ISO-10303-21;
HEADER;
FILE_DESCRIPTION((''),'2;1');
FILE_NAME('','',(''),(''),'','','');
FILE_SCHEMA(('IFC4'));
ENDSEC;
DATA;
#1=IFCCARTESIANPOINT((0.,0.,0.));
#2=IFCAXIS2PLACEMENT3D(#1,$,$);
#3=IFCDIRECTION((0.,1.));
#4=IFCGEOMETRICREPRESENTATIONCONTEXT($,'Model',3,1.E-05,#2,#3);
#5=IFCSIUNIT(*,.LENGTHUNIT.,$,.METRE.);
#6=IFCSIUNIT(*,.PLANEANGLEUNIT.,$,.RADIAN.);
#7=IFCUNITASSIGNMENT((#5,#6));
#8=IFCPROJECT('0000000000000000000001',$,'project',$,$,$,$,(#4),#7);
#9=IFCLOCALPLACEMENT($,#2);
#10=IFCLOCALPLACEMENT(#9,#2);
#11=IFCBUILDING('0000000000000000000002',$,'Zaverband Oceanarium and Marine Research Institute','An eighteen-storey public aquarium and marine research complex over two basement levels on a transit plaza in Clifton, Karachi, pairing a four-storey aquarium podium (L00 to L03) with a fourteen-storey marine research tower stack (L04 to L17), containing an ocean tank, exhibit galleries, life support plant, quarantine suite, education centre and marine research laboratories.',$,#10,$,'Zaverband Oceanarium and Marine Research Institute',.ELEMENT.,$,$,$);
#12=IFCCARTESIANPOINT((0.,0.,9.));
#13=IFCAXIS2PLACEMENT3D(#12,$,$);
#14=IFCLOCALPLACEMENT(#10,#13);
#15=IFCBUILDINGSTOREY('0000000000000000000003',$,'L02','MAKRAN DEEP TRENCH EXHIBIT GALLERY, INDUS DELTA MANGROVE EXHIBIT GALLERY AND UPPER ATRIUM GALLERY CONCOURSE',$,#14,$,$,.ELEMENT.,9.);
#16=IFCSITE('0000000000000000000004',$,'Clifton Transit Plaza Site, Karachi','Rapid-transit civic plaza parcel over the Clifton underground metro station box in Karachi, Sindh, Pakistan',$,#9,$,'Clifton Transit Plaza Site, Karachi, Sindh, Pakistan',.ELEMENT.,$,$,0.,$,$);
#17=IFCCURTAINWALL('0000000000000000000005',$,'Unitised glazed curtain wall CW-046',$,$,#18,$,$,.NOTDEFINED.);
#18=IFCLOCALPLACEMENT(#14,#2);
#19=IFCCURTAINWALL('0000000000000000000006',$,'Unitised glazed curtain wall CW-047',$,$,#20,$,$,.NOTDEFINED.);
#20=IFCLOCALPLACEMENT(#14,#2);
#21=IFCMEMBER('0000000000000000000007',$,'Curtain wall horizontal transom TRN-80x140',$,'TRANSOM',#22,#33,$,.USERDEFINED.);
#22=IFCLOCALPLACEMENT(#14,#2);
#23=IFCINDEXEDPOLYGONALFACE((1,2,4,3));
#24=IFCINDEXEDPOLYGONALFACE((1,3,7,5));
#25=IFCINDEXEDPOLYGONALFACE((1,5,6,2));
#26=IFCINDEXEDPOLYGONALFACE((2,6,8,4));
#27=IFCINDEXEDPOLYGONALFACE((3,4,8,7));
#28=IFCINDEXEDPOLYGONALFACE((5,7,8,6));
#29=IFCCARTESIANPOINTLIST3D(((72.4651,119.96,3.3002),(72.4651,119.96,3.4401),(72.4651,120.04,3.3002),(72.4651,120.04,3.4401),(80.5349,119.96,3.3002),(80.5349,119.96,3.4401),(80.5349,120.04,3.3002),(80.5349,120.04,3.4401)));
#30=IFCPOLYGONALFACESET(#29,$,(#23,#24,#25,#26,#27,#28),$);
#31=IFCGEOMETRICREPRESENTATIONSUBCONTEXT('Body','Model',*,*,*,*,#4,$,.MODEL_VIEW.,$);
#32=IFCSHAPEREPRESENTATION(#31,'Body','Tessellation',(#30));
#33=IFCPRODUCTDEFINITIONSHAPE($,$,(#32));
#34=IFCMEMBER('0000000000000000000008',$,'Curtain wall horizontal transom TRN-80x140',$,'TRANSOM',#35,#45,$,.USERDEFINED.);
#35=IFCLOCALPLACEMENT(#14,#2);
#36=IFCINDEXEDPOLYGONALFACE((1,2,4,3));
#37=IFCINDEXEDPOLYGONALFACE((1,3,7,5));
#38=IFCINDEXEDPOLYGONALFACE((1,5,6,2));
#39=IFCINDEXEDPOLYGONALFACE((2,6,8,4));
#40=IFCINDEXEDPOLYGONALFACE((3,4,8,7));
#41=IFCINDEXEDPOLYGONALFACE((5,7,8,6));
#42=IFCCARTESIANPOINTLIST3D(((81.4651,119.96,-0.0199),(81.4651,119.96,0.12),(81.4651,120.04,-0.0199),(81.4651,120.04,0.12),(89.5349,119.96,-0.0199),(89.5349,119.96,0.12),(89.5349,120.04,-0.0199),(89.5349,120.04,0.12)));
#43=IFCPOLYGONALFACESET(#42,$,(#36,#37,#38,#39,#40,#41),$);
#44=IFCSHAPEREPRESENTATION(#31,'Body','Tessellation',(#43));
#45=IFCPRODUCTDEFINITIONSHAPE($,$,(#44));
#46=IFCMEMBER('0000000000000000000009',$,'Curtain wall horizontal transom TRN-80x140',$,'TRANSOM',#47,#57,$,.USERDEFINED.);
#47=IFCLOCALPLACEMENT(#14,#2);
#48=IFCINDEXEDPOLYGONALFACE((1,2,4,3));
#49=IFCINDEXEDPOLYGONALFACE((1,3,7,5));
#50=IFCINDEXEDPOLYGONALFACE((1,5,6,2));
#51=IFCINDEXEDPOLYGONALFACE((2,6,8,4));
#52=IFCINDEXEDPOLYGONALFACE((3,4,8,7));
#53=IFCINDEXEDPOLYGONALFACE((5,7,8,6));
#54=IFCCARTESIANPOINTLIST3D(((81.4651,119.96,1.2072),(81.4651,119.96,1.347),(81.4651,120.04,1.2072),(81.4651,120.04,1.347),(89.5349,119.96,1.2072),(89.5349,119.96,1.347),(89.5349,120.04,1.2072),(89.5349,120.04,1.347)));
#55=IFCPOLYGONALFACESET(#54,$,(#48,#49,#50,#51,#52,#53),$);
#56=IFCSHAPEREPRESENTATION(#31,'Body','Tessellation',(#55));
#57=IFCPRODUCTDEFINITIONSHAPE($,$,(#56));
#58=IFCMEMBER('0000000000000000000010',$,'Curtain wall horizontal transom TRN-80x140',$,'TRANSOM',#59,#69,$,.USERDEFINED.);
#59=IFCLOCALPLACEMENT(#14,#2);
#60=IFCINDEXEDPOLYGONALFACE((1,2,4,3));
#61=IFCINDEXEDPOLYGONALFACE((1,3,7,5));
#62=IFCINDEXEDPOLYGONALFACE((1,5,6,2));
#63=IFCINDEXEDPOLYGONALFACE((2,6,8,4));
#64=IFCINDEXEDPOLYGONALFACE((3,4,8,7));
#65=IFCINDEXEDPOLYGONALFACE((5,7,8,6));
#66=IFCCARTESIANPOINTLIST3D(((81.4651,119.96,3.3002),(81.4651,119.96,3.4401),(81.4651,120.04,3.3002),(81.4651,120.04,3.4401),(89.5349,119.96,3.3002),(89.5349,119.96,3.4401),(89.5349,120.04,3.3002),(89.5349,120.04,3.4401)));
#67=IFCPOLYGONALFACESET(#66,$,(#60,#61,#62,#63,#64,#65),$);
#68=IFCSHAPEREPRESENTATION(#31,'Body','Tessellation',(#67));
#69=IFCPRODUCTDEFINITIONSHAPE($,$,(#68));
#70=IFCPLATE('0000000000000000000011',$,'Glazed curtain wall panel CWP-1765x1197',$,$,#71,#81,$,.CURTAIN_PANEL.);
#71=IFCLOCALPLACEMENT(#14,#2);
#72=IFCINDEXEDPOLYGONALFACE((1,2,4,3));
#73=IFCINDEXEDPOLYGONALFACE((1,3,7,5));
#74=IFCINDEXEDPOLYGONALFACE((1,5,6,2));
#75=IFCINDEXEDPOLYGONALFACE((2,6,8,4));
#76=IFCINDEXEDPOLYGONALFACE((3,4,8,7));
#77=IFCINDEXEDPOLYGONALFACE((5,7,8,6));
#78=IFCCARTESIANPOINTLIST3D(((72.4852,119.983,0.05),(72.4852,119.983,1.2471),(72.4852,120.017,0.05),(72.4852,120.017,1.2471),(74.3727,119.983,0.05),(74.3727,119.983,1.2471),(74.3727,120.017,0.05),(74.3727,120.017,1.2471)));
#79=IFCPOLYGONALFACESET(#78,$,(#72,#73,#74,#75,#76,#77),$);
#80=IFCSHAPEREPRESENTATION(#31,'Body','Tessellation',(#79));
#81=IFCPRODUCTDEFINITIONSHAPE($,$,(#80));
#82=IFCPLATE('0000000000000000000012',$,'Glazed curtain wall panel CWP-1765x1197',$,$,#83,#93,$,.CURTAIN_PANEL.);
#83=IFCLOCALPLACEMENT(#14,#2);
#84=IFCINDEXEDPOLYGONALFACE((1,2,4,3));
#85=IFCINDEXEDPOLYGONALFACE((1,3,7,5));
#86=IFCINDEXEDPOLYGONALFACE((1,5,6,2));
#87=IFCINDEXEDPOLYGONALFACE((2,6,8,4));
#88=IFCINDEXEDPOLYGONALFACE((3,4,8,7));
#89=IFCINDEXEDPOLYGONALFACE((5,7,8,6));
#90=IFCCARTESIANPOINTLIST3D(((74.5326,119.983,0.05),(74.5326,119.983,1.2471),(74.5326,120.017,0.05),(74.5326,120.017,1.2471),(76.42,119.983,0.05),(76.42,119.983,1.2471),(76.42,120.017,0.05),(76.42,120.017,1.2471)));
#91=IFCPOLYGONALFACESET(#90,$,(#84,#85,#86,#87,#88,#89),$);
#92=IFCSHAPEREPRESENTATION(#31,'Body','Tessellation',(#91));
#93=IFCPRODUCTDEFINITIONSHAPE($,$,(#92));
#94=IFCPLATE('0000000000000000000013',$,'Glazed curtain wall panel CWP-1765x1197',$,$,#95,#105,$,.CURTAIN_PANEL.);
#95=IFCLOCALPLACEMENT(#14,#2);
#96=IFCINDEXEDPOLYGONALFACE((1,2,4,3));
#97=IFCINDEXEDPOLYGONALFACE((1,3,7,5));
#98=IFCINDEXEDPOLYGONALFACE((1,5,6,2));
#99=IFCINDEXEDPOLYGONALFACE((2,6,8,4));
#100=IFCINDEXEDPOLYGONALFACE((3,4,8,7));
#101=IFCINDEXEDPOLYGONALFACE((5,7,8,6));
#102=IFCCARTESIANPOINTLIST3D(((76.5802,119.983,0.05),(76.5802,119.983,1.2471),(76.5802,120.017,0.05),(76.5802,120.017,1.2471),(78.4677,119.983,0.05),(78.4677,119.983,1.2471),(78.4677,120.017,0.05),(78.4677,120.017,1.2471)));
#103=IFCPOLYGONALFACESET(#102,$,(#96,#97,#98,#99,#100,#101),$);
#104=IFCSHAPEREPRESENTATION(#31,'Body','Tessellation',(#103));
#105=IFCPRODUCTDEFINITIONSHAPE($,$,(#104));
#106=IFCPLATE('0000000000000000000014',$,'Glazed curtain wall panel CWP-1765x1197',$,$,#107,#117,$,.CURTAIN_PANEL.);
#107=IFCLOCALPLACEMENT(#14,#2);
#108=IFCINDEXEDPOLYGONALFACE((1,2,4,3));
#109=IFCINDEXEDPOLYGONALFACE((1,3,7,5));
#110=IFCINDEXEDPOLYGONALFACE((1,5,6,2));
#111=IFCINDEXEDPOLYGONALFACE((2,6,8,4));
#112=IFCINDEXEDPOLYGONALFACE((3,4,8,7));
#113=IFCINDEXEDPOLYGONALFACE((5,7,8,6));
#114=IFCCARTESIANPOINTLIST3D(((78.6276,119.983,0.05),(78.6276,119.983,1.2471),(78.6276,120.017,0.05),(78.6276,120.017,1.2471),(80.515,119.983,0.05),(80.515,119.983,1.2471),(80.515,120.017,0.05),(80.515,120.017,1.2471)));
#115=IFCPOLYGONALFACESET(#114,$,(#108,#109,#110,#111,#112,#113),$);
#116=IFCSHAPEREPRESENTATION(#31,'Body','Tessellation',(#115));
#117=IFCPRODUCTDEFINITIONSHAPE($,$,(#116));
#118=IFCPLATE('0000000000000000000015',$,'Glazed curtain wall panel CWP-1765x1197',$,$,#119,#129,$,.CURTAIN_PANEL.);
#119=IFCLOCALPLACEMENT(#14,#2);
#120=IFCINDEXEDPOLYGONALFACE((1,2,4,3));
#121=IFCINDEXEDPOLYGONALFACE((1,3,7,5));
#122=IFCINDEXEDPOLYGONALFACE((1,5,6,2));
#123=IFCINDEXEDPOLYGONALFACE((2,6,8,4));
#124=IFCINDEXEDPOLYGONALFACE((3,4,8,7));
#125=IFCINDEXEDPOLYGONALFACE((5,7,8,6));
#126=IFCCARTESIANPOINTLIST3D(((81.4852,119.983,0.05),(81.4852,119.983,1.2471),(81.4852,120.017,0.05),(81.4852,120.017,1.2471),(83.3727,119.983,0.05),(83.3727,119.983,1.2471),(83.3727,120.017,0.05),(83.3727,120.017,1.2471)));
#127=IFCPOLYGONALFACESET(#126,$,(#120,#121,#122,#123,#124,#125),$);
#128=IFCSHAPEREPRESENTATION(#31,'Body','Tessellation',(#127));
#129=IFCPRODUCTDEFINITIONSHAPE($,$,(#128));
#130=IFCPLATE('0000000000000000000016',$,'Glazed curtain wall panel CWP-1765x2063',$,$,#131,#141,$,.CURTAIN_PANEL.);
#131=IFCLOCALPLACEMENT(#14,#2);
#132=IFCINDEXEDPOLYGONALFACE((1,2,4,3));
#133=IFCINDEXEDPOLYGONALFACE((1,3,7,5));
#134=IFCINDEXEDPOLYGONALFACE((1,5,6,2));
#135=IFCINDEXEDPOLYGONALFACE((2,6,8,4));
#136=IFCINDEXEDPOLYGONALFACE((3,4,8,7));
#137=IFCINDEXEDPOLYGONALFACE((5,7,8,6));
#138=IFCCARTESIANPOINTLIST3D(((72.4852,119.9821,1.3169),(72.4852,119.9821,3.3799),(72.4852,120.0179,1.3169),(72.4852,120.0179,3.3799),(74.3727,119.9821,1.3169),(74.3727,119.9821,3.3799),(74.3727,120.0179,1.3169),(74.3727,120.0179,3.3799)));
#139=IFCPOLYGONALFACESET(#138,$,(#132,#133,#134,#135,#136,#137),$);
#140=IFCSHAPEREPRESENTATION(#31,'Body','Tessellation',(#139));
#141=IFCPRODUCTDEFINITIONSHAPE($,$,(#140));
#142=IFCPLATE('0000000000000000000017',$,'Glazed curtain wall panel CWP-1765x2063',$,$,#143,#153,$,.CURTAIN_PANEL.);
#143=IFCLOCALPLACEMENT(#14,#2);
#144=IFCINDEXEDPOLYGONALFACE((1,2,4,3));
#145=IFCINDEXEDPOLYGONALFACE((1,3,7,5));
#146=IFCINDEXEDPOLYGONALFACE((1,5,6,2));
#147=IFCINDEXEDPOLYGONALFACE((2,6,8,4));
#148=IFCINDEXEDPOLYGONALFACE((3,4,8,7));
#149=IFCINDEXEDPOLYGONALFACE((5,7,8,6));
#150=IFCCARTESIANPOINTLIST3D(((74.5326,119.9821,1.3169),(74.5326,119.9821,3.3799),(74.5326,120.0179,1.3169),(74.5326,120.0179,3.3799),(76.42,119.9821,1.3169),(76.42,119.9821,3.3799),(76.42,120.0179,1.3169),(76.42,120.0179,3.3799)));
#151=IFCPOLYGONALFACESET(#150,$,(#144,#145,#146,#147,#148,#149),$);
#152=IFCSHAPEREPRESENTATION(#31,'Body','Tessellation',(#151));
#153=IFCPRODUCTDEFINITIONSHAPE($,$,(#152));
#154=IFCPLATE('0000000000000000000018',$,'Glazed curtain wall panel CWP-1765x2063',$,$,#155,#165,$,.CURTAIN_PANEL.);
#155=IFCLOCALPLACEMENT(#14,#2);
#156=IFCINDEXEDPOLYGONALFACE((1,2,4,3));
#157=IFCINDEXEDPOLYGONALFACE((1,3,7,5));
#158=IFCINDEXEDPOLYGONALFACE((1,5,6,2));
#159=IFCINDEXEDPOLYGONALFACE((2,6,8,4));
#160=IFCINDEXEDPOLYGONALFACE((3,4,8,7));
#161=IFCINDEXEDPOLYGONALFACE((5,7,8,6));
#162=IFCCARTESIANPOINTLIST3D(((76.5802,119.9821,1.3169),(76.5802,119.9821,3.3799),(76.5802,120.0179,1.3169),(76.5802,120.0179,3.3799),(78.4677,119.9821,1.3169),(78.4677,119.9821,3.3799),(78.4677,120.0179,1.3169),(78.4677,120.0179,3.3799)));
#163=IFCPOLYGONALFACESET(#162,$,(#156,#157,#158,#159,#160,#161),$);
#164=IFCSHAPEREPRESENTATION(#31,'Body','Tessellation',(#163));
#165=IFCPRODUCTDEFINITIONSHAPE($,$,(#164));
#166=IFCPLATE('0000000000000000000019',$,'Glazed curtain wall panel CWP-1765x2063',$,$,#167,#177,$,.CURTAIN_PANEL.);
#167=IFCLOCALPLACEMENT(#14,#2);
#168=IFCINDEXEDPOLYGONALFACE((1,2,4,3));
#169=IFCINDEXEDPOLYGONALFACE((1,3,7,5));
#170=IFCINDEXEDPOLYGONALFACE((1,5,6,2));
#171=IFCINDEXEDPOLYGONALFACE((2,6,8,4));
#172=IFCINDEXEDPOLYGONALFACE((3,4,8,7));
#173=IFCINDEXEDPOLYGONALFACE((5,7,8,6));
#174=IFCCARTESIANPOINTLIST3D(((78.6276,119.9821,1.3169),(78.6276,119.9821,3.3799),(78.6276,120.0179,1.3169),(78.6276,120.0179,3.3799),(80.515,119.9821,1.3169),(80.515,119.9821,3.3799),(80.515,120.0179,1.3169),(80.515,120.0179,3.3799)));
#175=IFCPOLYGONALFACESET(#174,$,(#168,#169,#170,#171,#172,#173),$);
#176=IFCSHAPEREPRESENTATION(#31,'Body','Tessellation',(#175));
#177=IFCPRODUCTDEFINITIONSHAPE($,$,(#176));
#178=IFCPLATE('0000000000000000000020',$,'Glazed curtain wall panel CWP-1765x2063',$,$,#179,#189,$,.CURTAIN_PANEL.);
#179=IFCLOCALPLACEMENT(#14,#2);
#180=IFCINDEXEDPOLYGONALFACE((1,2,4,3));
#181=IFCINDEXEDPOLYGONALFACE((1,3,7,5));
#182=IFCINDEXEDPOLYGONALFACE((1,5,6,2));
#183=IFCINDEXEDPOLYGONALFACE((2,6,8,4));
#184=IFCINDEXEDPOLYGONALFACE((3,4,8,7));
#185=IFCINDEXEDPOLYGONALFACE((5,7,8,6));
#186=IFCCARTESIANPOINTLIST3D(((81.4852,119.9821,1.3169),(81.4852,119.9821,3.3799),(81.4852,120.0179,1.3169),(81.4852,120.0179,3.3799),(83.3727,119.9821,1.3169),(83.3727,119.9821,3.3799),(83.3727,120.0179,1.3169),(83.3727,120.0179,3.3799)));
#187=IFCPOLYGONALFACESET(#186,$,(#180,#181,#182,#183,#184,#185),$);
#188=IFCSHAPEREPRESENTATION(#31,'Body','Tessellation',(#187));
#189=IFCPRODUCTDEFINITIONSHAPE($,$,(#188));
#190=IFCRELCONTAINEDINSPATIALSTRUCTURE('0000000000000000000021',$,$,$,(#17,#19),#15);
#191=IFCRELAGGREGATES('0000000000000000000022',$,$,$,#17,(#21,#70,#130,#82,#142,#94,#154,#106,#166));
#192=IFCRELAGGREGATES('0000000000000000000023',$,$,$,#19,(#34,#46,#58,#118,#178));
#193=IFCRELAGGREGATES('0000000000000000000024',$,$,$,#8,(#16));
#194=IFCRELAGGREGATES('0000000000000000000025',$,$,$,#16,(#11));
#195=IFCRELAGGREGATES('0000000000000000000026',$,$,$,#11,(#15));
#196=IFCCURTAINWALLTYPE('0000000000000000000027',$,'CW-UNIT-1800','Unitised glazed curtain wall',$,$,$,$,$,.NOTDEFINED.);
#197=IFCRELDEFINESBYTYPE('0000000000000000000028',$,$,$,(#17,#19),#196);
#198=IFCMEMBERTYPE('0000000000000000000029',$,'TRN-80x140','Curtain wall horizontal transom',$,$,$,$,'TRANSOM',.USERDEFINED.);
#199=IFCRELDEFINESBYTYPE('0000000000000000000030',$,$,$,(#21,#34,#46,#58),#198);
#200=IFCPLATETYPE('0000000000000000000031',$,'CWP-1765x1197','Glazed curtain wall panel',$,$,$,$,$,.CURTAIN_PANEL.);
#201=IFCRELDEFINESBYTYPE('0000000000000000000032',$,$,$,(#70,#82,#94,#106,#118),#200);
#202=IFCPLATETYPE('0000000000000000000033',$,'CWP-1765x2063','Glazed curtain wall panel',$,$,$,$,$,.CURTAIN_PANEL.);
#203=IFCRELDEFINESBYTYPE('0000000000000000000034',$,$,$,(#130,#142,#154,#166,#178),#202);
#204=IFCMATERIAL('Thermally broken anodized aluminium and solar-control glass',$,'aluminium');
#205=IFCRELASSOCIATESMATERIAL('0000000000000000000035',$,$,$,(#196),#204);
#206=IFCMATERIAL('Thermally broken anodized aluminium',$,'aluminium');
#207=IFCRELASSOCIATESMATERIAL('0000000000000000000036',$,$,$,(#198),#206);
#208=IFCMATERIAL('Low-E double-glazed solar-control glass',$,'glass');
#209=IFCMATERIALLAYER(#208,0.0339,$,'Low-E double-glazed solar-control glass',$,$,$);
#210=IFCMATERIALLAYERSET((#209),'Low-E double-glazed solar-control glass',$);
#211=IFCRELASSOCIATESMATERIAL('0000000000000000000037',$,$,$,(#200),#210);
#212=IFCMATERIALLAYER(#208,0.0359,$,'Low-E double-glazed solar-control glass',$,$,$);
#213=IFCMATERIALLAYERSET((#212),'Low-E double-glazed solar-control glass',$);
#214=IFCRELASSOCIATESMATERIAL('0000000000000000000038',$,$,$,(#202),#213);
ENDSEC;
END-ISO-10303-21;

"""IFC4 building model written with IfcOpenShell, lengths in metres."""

from ifc_helpers import new_model, si_unit, direction, frame, frame_2d, origin, origin_2d, place, context, subcontext, project, spatial, rectangle, extrude, material, layer, layer_set, material_profile, profile_set, type_object, element, aggregate, save


model = new_model("IFC4")

# Units and contexts
model_context = context("Model", 3, precision=1e-05, world=origin(), true_north=direction((0.0, 1.0)))
body_context = subcontext(model_context, "Body", "Model", "MODEL_VIEW")
ifc_project = project(units=[si_unit("LENGTHUNIT", "METRE"), si_unit("PLANEANGLEUNIT", "RADIAN")], contexts=[model_context])

# Site, building, storey
site_placement = place(None, origin())
site = spatial("IfcSite", under=ifc_project, at=site_placement, Name="Clifton Transit Plaza Site, Karachi", Description="Rapid-transit civic plaza parcel over the Clifton underground metro station box in Karachi, Sindh, Pakistan", LongName="Clifton Transit Plaza Site, Karachi, Sindh, Pakistan", CompositionType="ELEMENT", RefElevation=0.0)
building_placement = place(site_placement, origin())
building = spatial("IfcBuilding", under=site, at=building_placement, Name="Zaverband Oceanarium and Marine Research Institute", Description="An eighteen-storey public aquarium and marine research complex over two basement levels on a transit plaza in Clifton, Karachi, pairing a four-storey aquarium podium (L00 to L03) with a fourteen-storey marine research tower stack (L04 to L17), containing an ocean tank, exhibit galleries, life support plant, quarantine suite, education centre and marine research laboratories.", LongName="Zaverband Oceanarium and Marine Research Institute", CompositionType="ELEMENT")
storey_placement = place(building_placement, frame((0.0, 0.0, 9.0)))
storey = spatial("IfcBuildingStorey", under=building, at=storey_placement, Name="L02", Description="MAKRAN DEEP TRENCH EXHIBIT GALLERY, INDUS DELTA MANGROVE EXHIBIT GALLERY AND UPPER ATRIUM GALLERY CONCOURSE", CompositionType="ELEMENT", Elevation=9.0)

# Curtain wall
ifc_material_1 = material(Name="Thermally broken anodized aluminium and solar-control glass", Category="aluminium")
curtain_wall_type = type_object("IfcCurtainWallType", Name="CW-UNIT-1800", Description="Unitised glazed curtain wall", PredefinedType="NOTDEFINED", material=ifc_material_1)
curtain_wall_1_placement = place(storey_placement, origin())
curtain_wall_1 = element("IfcCurtainWall", 1, at=curtain_wall_1_placement, inside=storey, type_object=curtain_wall_type, Name="Unitised glazed curtain wall CW-046", PredefinedType="NOTDEFINED")
ifc_material_2 = material(Name="Thermally broken anodized aluminium", Category="aluminium")

# Curtain wall
curtain_wall_2_placement = place(storey_placement, origin())
curtain_wall_2 = element("IfcCurtainWall", 2, at=curtain_wall_2_placement, inside=storey, type_object=curtain_wall_type, Name="Unitised glazed curtain wall CW-047", PredefinedType="NOTDEFINED")

# Members
ifc_material_profile_1 = material_profile(ifc_material_2, rectangle(XDim=0.0801, YDim=0.1399, at=origin_2d()), Name="AL-TRN-80x140")
ifc_profile_set_1 = profile_set([ifc_material_profile_1], Name="Thermally broken anodized aluminium")
member_type_1 = type_object("IfcMemberType", Name="TRN-80x140", Description="Curtain wall horizontal transom", ElementType="TRANSOM", PredefinedType="USERDEFINED", material=ifc_profile_set_1)
member_1_placement = place(storey_placement, frame((72.4651, 120.0, 3.3701), z_axis=(1.0, 0.0, 0.0), x_axis=(0.0, 1.0, 0.0)))
member_1 = element("IfcMember", 3, at=member_1_placement, type_object=member_type_1, Name="Curtain wall horizontal transom TRN-80x140", ObjectType="TRANSOM", PredefinedType="USERDEFINED", context=body_context, shape_type="SweptSolid", body=[
    extrude(rectangle(XDim=0.0801, YDim=0.1399, at=origin_2d()), origin(), (0.0, 0.0, 1.0), 8.0698),
])
member_2_placement = place(storey_placement, frame((81.4651, 120.0, 0.05), z_axis=(1.0, 0.0, 0.0), x_axis=(0.0, 1.0, 0.0)))
member_2 = element("IfcMember", 4, at=member_2_placement, type_object=member_type_1, Name="Curtain wall horizontal transom TRN-80x140", ObjectType="TRANSOM", PredefinedType="USERDEFINED", context=body_context, shape_type="SweptSolid", body=[
    extrude(rectangle(XDim=0.0801, YDim=0.1399, at=origin_2d()), origin(), (0.0, 0.0, 1.0), 8.0698),
])
member_3_placement = place(storey_placement, frame((81.4651, 120.0, 1.2771), z_axis=(1.0, 0.0, 0.0), x_axis=(0.0, 1.0, 0.0)))
member_3 = element("IfcMember", 5, at=member_3_placement, type_object=member_type_1, Name="Curtain wall horizontal transom TRN-80x140", ObjectType="TRANSOM", PredefinedType="USERDEFINED", context=body_context, shape_type="SweptSolid", body=[
    extrude(rectangle(XDim=0.0801, YDim=0.1399, at=origin_2d()), origin(), (0.0, 0.0, 1.0), 8.0698),
])
member_4_placement = place(storey_placement, frame((81.4651, 120.0, 3.3701), z_axis=(1.0, 0.0, 0.0), x_axis=(0.0, 1.0, 0.0)))
member_4 = element("IfcMember", 6, at=member_4_placement, type_object=member_type_1, Name="Curtain wall horizontal transom TRN-80x140", ObjectType="TRANSOM", PredefinedType="USERDEFINED", context=body_context, shape_type="SweptSolid", body=[
    extrude(rectangle(XDim=0.0801, YDim=0.1399, at=origin_2d()), origin(), (0.0, 0.0, 1.0), 8.0698),
])

# Plates
ifc_material_3 = material(Name="Low-E double-glazed solar-control glass", Category="glass")
ifc_layer_1 = layer(ifc_material_3, 0.0339, Name="Low-E double-glazed solar-control glass")
ifc_layer_set_1 = layer_set([ifc_layer_1], Name="Low-E double-glazed solar-control glass")
plate_type_1 = type_object("IfcPlateType", Name="CWP-1765x1197", Description="Glazed curtain wall panel", PredefinedType="CURTAIN_PANEL", material=ifc_layer_set_1)
plate_1_placement = place(storey_placement, frame((72.4851, 120.0, 0.05), z_axis=(0.0, 0.0, 1.0), x_axis=(1.0, 0.0, 0.0)))
plate_1 = element("IfcPlate", 7, at=plate_1_placement, type_object=plate_type_1, Name="Glazed curtain wall panel CWP-1765x1197", PredefinedType="CURTAIN_PANEL", context=body_context, shape_type="SweptSolid", body=[
    extrude(rectangle(XDim=1.8875, YDim=0.0339, at=frame_2d((0.9438, 0.0))), origin(), (0.0, 0.0, 1.0), 1.197),
])
plate_2_placement = place(storey_placement, frame((74.5325, 120.0, 0.05), z_axis=(0.0, 0.0, 1.0), x_axis=(1.0, 0.0, 0.0)))
plate_2 = element("IfcPlate", 8, at=plate_2_placement, type_object=plate_type_1, Name="Glazed curtain wall panel CWP-1765x1197", PredefinedType="CURTAIN_PANEL", context=body_context, shape_type="SweptSolid", body=[
    extrude(rectangle(XDim=1.8875, YDim=0.0339, at=frame_2d((0.9438, 0.0))), origin(), (0.0, 0.0, 1.0), 1.197),
])
plate_3_placement = place(storey_placement, frame((76.5801, 120.0, 0.05), z_axis=(0.0, 0.0, 1.0), x_axis=(1.0, 0.0, 0.0)))
plate_3 = element("IfcPlate", 9, at=plate_3_placement, type_object=plate_type_1, Name="Glazed curtain wall panel CWP-1765x1197", PredefinedType="CURTAIN_PANEL", context=body_context, shape_type="SweptSolid", body=[
    extrude(rectangle(XDim=1.8875, YDim=0.0339, at=frame_2d((0.9438, 0.0))), origin(), (0.0, 0.0, 1.0), 1.197),
])
plate_4_placement = place(storey_placement, frame((78.6274, 120.0, 0.05), z_axis=(0.0, 0.0, 1.0), x_axis=(1.0, 0.0, 0.0)))
plate_4 = element("IfcPlate", 10, at=plate_4_placement, type_object=plate_type_1, Name="Glazed curtain wall panel CWP-1765x1197", PredefinedType="CURTAIN_PANEL", context=body_context, shape_type="SweptSolid", body=[
    extrude(rectangle(XDim=1.8875, YDim=0.0339, at=frame_2d((0.9438, 0.0))), origin(), (0.0, 0.0, 1.0), 1.197),
])
plate_5_placement = place(storey_placement, frame((81.4851, 120.0, 0.05), z_axis=(0.0, 0.0, 1.0), x_axis=(1.0, 0.0, 0.0)))
plate_5 = element("IfcPlate", 11, at=plate_5_placement, type_object=plate_type_1, Name="Glazed curtain wall panel CWP-1765x1197", PredefinedType="CURTAIN_PANEL", context=body_context, shape_type="SweptSolid", body=[
    extrude(rectangle(XDim=1.8875, YDim=0.0339, at=frame_2d((0.9438, 0.0))), origin(), (0.0, 0.0, 1.0), 1.197),
])
ifc_layer_2 = layer(ifc_material_3, 0.0359, Name="Low-E double-glazed solar-control glass")
ifc_layer_set_2 = layer_set([ifc_layer_2], Name="Low-E double-glazed solar-control glass")
plate_type_2 = type_object("IfcPlateType", Name="CWP-1765x2063", Description="Glazed curtain wall panel", PredefinedType="CURTAIN_PANEL", material=ifc_layer_set_2)
plate_6_placement = place(storey_placement, frame((72.4851, 120.0, 1.3169), z_axis=(0.0, 0.0, 1.0), x_axis=(1.0, 0.0, 0.0)))
plate_6 = element("IfcPlate", 12, at=plate_6_placement, type_object=plate_type_2, Name="Glazed curtain wall panel CWP-1765x2063", PredefinedType="CURTAIN_PANEL", context=body_context, shape_type="SweptSolid", body=[
    extrude(rectangle(XDim=1.8875, YDim=0.0359, at=frame_2d((0.9438, 0.0))), origin(), (0.0, 0.0, 1.0), 2.063),
])
plate_7_placement = place(storey_placement, frame((74.5325, 120.0, 1.3169), z_axis=(0.0, 0.0, 1.0), x_axis=(1.0, 0.0, 0.0)))
plate_7 = element("IfcPlate", 13, at=plate_7_placement, type_object=plate_type_2, Name="Glazed curtain wall panel CWP-1765x2063", PredefinedType="CURTAIN_PANEL", context=body_context, shape_type="SweptSolid", body=[
    extrude(rectangle(XDim=1.8875, YDim=0.0359, at=frame_2d((0.9438, 0.0))), origin(), (0.0, 0.0, 1.0), 2.063),
])
plate_8_placement = place(storey_placement, frame((76.5801, 120.0, 1.3169), z_axis=(0.0, 0.0, 1.0), x_axis=(1.0, 0.0, 0.0)))
plate_8 = element("IfcPlate", 14, at=plate_8_placement, type_object=plate_type_2, Name="Glazed curtain wall panel CWP-1765x2063", PredefinedType="CURTAIN_PANEL", context=body_context, shape_type="SweptSolid", body=[
    extrude(rectangle(XDim=1.8875, YDim=0.0359, at=frame_2d((0.9438, 0.0))), origin(), (0.0, 0.0, 1.0), 2.063),
])
plate_9_placement = place(storey_placement, frame((78.6274, 120.0, 1.3169), z_axis=(0.0, 0.0, 1.0), x_axis=(1.0, 0.0, 0.0)))
plate_9 = element("IfcPlate", 15, at=plate_9_placement, type_object=plate_type_2, Name="Glazed curtain wall panel CWP-1765x2063", PredefinedType="CURTAIN_PANEL", context=body_context, shape_type="SweptSolid", body=[
    extrude(rectangle(XDim=1.8875, YDim=0.0359, at=frame_2d((0.9438, 0.0))), origin(), (0.0, 0.0, 1.0), 2.063),
])
aggregate(curtain_wall_1, [member_1, plate_1, plate_6, plate_2, plate_7, plate_3, plate_8, plate_4, plate_9])
plate_10_placement = place(storey_placement, frame((81.4851, 120.0, 1.3169), z_axis=(0.0, 0.0, 1.0), x_axis=(1.0, 0.0, 0.0)))
plate_10 = element("IfcPlate", 16, at=plate_10_placement, type_object=plate_type_2, Name="Glazed curtain wall panel CWP-1765x2063", PredefinedType="CURTAIN_PANEL", context=body_context, shape_type="SweptSolid", body=[
    extrude(rectangle(XDim=1.8875, YDim=0.0359, at=frame_2d((0.9438, 0.0))), origin(), (0.0, 0.0, 1.0), 2.063),
])
aggregate(curtain_wall_2, [member_2, member_3, member_4, plate_5, plate_10])

save(model, "model.ifc")
